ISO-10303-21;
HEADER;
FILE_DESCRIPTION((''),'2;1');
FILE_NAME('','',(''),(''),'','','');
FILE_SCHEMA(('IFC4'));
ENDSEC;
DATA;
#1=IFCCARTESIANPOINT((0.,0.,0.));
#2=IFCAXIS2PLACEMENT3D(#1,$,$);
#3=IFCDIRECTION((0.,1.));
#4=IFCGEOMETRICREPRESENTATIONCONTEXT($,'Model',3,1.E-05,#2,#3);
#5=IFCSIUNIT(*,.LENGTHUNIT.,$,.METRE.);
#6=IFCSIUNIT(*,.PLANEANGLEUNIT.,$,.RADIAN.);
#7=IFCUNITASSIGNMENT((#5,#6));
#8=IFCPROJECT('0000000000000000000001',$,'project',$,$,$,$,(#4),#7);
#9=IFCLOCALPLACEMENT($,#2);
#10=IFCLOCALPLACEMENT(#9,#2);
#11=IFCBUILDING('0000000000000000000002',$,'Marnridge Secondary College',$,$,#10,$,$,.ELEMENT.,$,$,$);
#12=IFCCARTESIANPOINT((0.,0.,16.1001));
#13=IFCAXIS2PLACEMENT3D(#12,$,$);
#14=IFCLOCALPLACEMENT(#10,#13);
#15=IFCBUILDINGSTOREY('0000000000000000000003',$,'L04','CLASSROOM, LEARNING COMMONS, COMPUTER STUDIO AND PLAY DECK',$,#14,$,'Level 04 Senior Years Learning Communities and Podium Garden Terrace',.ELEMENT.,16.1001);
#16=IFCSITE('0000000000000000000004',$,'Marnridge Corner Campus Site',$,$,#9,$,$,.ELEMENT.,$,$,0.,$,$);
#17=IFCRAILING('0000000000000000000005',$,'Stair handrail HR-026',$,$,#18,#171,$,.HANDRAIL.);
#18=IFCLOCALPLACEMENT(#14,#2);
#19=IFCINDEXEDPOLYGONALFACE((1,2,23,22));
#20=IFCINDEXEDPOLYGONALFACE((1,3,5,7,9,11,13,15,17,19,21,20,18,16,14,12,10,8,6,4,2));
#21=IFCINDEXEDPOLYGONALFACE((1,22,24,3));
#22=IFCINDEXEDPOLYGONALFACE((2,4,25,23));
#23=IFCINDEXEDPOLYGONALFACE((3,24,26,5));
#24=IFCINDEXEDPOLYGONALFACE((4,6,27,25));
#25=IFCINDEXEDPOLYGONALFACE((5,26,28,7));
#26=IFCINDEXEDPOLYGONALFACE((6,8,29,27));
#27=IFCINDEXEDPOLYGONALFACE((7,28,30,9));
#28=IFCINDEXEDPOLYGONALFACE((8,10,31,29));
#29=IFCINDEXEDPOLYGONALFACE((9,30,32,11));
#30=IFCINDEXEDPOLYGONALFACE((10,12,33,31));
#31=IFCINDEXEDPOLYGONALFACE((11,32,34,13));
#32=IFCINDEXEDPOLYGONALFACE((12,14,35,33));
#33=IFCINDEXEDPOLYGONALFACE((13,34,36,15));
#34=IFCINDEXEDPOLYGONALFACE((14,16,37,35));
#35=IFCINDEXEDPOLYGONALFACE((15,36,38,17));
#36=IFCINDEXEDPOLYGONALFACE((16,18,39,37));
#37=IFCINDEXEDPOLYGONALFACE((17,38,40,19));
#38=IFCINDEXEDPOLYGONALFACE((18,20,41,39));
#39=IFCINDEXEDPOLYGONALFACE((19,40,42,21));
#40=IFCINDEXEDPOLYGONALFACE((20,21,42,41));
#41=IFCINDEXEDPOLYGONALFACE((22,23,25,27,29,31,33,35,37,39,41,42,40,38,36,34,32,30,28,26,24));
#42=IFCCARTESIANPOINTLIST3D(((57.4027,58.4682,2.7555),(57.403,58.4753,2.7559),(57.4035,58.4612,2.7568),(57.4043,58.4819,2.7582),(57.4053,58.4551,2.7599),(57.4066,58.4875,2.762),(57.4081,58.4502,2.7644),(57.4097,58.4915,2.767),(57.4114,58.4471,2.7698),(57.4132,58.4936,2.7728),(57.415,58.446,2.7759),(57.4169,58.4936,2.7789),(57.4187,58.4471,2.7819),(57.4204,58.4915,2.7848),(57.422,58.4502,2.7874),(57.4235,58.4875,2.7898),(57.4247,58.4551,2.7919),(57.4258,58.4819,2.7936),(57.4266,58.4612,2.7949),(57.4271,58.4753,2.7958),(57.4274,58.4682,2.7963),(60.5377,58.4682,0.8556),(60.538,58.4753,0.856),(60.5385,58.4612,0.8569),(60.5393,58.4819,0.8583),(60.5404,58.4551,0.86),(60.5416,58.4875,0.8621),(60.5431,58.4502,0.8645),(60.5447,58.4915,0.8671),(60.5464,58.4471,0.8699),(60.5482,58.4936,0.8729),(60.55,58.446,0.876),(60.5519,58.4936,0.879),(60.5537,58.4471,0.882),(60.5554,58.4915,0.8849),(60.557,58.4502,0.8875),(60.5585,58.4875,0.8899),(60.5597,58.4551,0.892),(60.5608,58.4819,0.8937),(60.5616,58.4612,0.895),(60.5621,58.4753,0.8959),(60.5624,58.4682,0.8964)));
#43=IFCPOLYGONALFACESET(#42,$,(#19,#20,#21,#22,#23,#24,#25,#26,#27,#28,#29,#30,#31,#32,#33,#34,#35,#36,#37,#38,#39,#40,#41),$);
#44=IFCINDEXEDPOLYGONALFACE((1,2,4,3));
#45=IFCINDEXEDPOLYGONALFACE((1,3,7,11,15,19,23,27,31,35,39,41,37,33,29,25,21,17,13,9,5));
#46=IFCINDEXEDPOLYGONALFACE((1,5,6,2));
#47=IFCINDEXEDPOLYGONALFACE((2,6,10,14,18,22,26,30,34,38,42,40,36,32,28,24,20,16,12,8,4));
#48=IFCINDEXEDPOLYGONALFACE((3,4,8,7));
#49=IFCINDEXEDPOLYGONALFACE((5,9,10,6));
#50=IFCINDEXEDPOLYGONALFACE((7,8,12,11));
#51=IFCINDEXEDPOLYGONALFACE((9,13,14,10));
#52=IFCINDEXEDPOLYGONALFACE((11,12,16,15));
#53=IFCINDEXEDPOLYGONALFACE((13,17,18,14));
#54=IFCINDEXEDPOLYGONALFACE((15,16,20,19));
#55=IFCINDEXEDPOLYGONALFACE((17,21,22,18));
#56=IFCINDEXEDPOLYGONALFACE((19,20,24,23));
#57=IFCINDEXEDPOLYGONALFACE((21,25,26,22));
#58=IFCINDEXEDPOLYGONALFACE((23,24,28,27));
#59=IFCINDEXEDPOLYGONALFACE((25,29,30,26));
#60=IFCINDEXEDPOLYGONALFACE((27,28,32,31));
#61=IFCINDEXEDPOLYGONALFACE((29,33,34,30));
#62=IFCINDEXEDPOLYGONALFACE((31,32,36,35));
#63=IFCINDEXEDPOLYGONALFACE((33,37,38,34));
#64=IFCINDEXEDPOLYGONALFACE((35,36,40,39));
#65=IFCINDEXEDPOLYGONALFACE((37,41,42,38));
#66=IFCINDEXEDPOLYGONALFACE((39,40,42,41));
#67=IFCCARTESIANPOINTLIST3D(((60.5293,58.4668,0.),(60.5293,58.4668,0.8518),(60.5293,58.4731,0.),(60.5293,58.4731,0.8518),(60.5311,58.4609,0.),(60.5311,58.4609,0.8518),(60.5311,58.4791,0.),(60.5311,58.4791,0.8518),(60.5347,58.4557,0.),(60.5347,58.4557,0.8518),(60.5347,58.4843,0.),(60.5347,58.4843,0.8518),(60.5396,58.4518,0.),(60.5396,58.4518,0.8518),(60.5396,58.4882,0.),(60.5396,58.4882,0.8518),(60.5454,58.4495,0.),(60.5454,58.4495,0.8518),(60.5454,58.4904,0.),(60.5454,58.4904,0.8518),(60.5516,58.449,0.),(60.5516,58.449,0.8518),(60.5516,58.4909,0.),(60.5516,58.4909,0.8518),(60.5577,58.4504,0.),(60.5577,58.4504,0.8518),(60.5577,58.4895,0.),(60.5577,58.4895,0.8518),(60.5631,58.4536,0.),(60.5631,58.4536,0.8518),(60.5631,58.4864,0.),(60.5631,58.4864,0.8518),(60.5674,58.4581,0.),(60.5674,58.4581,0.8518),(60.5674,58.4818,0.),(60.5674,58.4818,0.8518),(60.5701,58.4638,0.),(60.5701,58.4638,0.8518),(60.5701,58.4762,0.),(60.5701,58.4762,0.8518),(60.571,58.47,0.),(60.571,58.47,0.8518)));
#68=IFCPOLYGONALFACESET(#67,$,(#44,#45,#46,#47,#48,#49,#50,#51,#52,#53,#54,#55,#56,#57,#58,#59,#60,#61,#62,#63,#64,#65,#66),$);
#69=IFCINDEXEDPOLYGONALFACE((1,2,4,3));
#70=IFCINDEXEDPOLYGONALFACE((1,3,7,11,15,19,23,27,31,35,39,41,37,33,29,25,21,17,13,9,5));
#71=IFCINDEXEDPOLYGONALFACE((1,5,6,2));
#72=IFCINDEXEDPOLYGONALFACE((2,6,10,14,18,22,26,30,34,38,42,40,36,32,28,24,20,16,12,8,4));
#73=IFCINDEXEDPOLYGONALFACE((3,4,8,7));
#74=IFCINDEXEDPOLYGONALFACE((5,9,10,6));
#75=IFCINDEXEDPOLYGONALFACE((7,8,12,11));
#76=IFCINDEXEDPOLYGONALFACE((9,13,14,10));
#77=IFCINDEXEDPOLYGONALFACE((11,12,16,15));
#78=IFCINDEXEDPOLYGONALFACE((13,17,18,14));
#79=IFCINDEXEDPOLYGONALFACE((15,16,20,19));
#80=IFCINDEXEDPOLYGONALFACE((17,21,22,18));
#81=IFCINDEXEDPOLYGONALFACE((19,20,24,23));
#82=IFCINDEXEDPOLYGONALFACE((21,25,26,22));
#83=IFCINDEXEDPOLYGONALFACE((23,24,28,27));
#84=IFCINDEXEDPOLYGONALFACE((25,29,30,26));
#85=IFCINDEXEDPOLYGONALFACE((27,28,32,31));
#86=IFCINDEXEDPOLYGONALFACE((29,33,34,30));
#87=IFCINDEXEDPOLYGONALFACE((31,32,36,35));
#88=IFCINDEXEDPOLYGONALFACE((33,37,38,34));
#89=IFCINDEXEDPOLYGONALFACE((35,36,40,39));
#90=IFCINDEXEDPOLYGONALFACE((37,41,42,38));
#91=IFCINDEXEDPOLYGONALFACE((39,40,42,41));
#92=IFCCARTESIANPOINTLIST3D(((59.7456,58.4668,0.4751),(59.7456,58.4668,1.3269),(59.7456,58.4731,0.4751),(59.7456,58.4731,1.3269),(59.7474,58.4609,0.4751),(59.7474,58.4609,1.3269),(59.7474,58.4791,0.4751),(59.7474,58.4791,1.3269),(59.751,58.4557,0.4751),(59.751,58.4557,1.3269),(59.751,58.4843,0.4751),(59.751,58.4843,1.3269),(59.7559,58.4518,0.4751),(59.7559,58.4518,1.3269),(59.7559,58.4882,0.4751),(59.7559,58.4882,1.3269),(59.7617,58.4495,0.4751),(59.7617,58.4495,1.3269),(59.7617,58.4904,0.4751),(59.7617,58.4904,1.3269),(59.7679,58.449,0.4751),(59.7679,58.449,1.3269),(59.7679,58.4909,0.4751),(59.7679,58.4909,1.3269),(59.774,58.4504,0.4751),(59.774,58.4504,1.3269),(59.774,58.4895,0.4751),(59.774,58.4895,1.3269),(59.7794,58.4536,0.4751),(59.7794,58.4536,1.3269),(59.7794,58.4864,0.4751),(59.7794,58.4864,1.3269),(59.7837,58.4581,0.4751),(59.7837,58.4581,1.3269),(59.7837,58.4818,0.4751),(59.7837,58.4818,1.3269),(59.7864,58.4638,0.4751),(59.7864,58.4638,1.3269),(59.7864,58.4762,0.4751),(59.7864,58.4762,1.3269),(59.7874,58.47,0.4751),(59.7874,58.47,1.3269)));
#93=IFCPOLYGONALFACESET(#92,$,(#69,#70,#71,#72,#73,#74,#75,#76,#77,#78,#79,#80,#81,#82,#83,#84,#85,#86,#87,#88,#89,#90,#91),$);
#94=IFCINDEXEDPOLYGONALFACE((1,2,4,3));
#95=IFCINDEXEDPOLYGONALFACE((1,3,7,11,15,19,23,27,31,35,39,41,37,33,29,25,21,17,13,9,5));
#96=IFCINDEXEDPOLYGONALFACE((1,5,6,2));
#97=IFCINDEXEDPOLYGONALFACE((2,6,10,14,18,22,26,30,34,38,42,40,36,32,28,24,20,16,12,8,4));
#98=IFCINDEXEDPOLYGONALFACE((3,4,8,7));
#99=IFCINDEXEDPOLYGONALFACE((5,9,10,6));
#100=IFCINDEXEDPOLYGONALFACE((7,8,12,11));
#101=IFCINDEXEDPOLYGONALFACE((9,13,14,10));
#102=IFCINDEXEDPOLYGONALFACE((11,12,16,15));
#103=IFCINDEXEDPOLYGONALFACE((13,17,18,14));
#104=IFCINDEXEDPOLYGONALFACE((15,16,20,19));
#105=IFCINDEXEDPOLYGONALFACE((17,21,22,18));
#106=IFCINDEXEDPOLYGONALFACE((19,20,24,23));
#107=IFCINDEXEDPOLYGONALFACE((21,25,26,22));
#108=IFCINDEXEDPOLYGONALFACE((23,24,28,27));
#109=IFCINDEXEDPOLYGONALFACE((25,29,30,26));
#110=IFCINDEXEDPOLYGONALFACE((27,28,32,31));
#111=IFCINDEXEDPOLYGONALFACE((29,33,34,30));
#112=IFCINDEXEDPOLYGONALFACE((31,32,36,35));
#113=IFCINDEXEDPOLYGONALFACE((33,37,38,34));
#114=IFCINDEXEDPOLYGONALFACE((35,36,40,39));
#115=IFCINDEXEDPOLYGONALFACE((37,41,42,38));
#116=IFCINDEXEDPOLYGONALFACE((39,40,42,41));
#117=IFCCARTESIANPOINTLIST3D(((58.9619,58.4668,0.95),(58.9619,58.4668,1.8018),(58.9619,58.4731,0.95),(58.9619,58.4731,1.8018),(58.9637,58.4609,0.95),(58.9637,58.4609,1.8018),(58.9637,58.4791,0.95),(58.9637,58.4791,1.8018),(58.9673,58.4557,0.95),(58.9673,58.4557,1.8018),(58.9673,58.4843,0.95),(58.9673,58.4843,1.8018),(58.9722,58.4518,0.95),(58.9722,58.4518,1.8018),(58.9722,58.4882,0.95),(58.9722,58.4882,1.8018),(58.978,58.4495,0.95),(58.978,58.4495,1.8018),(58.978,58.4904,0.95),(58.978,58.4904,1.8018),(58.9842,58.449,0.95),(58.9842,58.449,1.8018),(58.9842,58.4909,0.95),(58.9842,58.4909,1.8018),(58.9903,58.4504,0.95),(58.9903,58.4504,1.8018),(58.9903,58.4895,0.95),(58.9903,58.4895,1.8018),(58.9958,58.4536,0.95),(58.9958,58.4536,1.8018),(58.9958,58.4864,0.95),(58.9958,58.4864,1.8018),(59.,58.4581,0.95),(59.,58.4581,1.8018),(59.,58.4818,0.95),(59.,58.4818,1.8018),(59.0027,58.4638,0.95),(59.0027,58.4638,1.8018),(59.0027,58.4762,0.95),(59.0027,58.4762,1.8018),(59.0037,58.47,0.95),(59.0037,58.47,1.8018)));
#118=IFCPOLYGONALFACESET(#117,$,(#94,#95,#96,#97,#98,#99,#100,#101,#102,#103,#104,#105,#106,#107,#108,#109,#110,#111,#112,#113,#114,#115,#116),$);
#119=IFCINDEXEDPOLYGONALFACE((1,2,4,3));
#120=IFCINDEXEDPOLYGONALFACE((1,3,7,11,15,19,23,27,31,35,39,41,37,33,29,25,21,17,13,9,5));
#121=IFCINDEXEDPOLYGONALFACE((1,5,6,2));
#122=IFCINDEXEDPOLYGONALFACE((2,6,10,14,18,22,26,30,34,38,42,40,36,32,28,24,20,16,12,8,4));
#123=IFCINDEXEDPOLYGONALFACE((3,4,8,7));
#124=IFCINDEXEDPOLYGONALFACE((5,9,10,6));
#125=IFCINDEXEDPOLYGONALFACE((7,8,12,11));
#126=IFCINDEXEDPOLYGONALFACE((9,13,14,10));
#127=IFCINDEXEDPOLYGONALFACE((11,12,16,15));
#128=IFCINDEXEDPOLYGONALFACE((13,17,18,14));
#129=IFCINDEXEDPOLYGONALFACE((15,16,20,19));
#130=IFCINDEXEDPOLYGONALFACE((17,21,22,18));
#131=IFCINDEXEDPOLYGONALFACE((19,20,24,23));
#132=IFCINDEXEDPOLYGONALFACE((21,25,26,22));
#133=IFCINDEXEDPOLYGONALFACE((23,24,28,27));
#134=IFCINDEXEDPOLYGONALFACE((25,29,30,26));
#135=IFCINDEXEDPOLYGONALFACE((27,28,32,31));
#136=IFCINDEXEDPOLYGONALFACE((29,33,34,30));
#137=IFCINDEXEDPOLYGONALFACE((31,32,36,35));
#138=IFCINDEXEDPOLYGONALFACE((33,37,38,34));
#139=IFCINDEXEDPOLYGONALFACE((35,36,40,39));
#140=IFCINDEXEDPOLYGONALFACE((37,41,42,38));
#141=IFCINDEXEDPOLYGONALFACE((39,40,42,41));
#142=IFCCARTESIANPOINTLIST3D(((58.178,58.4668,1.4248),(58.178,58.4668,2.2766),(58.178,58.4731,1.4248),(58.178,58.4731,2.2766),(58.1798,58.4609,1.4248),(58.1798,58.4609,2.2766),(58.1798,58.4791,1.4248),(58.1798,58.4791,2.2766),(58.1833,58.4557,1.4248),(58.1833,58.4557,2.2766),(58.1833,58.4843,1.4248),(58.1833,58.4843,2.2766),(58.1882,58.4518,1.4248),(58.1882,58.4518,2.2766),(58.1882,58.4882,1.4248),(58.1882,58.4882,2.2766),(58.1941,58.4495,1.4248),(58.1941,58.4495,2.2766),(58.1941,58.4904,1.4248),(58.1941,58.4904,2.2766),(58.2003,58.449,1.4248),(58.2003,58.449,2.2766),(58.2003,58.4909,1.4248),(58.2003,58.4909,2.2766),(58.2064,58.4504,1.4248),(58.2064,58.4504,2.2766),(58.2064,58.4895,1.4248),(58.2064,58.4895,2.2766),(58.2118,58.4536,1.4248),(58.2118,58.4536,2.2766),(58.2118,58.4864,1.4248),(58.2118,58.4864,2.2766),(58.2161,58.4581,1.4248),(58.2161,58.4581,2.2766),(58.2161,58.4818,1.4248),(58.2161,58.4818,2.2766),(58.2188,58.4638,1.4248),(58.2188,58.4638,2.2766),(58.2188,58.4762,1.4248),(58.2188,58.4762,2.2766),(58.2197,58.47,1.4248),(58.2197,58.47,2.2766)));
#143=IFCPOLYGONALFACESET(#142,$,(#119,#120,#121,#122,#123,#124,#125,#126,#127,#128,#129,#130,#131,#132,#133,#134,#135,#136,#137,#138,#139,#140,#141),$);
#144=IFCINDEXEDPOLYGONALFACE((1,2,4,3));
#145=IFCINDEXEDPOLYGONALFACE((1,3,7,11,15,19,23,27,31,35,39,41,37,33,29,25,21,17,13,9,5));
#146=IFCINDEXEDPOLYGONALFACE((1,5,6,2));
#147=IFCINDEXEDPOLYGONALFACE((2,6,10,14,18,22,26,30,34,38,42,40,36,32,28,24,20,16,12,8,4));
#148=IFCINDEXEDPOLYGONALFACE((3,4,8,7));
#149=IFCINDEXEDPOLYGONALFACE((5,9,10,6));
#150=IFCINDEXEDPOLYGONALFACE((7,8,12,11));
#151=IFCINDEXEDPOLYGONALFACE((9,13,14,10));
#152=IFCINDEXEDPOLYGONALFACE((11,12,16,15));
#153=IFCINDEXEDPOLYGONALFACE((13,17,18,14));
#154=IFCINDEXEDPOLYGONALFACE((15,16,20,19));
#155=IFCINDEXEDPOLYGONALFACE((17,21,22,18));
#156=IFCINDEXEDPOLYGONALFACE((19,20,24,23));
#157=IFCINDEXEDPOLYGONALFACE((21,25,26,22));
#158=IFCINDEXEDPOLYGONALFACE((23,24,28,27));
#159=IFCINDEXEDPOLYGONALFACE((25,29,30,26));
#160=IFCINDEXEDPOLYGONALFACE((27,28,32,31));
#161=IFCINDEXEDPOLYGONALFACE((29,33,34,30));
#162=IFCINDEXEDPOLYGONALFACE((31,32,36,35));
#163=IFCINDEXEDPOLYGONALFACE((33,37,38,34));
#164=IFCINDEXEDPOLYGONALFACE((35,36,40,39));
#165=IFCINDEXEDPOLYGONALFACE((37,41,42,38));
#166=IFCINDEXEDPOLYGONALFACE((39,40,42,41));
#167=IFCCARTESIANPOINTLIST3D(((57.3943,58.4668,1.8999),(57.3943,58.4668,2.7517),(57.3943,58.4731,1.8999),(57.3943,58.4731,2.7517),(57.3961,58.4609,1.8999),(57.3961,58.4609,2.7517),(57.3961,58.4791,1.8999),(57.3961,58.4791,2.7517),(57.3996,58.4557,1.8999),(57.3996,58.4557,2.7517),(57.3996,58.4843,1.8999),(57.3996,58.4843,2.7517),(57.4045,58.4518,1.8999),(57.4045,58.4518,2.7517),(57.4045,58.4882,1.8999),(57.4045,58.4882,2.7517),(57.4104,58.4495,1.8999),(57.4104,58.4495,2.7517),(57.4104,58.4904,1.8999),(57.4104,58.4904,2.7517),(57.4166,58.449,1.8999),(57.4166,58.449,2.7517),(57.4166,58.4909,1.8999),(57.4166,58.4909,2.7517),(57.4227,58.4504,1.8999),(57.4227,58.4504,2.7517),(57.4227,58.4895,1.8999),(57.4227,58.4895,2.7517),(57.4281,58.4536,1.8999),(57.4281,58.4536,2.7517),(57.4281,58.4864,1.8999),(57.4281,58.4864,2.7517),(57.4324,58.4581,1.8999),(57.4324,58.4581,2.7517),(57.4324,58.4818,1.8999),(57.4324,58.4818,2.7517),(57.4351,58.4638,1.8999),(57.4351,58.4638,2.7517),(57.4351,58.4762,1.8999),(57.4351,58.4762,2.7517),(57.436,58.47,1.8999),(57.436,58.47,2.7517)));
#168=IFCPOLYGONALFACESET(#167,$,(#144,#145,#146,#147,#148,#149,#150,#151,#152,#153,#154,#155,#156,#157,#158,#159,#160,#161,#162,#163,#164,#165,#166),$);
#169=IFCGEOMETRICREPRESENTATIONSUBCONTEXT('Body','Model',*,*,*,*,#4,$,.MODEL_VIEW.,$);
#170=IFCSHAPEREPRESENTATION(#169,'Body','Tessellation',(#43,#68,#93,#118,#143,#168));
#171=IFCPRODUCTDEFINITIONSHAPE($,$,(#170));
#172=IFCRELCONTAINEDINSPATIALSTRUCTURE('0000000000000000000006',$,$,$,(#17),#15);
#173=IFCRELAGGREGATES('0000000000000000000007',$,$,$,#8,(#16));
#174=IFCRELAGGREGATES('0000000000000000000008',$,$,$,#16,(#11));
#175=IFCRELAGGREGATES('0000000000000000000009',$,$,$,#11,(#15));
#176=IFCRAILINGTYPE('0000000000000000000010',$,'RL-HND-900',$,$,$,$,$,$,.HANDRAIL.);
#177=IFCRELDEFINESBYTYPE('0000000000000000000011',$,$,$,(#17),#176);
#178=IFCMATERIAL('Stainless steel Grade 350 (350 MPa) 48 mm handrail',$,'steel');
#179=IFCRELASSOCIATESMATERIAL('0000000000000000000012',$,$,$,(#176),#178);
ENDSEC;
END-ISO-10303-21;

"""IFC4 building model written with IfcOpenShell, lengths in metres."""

from ifc_helpers import new_model, si_unit, direction, frame, origin, origin_2d, place, context, subcontext, project, spatial, circle, extrude, material, type_object, element, save


model = new_model("IFC4")

# Units and contexts
model_context = context("Model", 3, precision=1e-05, world=origin(), true_north=direction((0.0, 1.0)))
body_context = subcontext(model_context, "Body", "Model", "MODEL_VIEW")
ifc_project = project(units=[si_unit("LENGTHUNIT", "METRE"), si_unit("PLANEANGLEUNIT", "RADIAN")], contexts=[model_context])

# Site, building, storey
site_placement = place(None, origin())
site = spatial("IfcSite", under=ifc_project, at=site_placement, Name="Marnridge Corner Campus Site", CompositionType="ELEMENT", RefElevation=0.0)
building_placement = place(site_placement, origin())
building = spatial("IfcBuilding", under=site, at=building_placement, Name="Marnridge Secondary College", CompositionType="ELEMENT")
storey_placement = place(building_placement, frame((0.0, 0.0, 16.1001)))
storey = spatial("IfcBuildingStorey", under=building, at=storey_placement, Name="L04", Description="CLASSROOM, LEARNING COMMONS, COMPUTER STUDIO AND PLAY DECK", LongName="Level 04 Senior Years Learning Communities and Podium Garden Terrace", CompositionType="ELEMENT", Elevation=16.1001)

# Railing
ifc_material_1 = material(Name="Stainless steel Grade 350 (350 MPa) 48 mm handrail", Category="steel")
railing_type_1 = type_object("IfcRailingType", Name="RL-HND-900", PredefinedType="HANDRAIL", material=ifc_material_1)
for number, where, name in (
    (1, (60.55, 58.47, 0.0), "Stair handrail HR-026"),
):
    element("IfcRailing", number, at=place(storey_placement, frame(where)), inside=storey, type_object=railing_type_1, Name=name, PredefinedType="HANDRAIL", context=body_context, shape_type="SweptSolid", body=[
        extrude(circle(Radius=0.0239, at=origin_2d()), frame((0.0, 0.0, 0.876), z_axis=(-0.85521, 0.0, 0.518281), x_axis=(0.0, -1.0, 0.0)), (0.0, 0.0, 1.0), 3.6658),
        extrude(circle(Radius=0.021, at=origin_2d()), origin(), (0.0, 0.0, 1.0), 0.8518),
        extrude(circle(Radius=0.021, at=origin_2d()), frame((-0.7837, 0.0, 0.4751)), (0.0, 0.0, 1.0), 0.8518),
        extrude(circle(Radius=0.021, at=origin_2d()), frame((-1.5674, 0.0, 0.95)), (0.0, 0.0, 1.0), 0.8518),
        extrude(circle(Radius=0.021, at=origin_2d()), frame((-2.3513, 0.0, 1.4248)), (0.0, 0.0, 1.0), 0.8518),
        extrude(circle(Radius=0.021, at=origin_2d()), frame((-3.135, 0.0, 1.8999)), (0.0, 0.0, 1.0), 0.8518),
    ])

save(model, "model.ifc")
